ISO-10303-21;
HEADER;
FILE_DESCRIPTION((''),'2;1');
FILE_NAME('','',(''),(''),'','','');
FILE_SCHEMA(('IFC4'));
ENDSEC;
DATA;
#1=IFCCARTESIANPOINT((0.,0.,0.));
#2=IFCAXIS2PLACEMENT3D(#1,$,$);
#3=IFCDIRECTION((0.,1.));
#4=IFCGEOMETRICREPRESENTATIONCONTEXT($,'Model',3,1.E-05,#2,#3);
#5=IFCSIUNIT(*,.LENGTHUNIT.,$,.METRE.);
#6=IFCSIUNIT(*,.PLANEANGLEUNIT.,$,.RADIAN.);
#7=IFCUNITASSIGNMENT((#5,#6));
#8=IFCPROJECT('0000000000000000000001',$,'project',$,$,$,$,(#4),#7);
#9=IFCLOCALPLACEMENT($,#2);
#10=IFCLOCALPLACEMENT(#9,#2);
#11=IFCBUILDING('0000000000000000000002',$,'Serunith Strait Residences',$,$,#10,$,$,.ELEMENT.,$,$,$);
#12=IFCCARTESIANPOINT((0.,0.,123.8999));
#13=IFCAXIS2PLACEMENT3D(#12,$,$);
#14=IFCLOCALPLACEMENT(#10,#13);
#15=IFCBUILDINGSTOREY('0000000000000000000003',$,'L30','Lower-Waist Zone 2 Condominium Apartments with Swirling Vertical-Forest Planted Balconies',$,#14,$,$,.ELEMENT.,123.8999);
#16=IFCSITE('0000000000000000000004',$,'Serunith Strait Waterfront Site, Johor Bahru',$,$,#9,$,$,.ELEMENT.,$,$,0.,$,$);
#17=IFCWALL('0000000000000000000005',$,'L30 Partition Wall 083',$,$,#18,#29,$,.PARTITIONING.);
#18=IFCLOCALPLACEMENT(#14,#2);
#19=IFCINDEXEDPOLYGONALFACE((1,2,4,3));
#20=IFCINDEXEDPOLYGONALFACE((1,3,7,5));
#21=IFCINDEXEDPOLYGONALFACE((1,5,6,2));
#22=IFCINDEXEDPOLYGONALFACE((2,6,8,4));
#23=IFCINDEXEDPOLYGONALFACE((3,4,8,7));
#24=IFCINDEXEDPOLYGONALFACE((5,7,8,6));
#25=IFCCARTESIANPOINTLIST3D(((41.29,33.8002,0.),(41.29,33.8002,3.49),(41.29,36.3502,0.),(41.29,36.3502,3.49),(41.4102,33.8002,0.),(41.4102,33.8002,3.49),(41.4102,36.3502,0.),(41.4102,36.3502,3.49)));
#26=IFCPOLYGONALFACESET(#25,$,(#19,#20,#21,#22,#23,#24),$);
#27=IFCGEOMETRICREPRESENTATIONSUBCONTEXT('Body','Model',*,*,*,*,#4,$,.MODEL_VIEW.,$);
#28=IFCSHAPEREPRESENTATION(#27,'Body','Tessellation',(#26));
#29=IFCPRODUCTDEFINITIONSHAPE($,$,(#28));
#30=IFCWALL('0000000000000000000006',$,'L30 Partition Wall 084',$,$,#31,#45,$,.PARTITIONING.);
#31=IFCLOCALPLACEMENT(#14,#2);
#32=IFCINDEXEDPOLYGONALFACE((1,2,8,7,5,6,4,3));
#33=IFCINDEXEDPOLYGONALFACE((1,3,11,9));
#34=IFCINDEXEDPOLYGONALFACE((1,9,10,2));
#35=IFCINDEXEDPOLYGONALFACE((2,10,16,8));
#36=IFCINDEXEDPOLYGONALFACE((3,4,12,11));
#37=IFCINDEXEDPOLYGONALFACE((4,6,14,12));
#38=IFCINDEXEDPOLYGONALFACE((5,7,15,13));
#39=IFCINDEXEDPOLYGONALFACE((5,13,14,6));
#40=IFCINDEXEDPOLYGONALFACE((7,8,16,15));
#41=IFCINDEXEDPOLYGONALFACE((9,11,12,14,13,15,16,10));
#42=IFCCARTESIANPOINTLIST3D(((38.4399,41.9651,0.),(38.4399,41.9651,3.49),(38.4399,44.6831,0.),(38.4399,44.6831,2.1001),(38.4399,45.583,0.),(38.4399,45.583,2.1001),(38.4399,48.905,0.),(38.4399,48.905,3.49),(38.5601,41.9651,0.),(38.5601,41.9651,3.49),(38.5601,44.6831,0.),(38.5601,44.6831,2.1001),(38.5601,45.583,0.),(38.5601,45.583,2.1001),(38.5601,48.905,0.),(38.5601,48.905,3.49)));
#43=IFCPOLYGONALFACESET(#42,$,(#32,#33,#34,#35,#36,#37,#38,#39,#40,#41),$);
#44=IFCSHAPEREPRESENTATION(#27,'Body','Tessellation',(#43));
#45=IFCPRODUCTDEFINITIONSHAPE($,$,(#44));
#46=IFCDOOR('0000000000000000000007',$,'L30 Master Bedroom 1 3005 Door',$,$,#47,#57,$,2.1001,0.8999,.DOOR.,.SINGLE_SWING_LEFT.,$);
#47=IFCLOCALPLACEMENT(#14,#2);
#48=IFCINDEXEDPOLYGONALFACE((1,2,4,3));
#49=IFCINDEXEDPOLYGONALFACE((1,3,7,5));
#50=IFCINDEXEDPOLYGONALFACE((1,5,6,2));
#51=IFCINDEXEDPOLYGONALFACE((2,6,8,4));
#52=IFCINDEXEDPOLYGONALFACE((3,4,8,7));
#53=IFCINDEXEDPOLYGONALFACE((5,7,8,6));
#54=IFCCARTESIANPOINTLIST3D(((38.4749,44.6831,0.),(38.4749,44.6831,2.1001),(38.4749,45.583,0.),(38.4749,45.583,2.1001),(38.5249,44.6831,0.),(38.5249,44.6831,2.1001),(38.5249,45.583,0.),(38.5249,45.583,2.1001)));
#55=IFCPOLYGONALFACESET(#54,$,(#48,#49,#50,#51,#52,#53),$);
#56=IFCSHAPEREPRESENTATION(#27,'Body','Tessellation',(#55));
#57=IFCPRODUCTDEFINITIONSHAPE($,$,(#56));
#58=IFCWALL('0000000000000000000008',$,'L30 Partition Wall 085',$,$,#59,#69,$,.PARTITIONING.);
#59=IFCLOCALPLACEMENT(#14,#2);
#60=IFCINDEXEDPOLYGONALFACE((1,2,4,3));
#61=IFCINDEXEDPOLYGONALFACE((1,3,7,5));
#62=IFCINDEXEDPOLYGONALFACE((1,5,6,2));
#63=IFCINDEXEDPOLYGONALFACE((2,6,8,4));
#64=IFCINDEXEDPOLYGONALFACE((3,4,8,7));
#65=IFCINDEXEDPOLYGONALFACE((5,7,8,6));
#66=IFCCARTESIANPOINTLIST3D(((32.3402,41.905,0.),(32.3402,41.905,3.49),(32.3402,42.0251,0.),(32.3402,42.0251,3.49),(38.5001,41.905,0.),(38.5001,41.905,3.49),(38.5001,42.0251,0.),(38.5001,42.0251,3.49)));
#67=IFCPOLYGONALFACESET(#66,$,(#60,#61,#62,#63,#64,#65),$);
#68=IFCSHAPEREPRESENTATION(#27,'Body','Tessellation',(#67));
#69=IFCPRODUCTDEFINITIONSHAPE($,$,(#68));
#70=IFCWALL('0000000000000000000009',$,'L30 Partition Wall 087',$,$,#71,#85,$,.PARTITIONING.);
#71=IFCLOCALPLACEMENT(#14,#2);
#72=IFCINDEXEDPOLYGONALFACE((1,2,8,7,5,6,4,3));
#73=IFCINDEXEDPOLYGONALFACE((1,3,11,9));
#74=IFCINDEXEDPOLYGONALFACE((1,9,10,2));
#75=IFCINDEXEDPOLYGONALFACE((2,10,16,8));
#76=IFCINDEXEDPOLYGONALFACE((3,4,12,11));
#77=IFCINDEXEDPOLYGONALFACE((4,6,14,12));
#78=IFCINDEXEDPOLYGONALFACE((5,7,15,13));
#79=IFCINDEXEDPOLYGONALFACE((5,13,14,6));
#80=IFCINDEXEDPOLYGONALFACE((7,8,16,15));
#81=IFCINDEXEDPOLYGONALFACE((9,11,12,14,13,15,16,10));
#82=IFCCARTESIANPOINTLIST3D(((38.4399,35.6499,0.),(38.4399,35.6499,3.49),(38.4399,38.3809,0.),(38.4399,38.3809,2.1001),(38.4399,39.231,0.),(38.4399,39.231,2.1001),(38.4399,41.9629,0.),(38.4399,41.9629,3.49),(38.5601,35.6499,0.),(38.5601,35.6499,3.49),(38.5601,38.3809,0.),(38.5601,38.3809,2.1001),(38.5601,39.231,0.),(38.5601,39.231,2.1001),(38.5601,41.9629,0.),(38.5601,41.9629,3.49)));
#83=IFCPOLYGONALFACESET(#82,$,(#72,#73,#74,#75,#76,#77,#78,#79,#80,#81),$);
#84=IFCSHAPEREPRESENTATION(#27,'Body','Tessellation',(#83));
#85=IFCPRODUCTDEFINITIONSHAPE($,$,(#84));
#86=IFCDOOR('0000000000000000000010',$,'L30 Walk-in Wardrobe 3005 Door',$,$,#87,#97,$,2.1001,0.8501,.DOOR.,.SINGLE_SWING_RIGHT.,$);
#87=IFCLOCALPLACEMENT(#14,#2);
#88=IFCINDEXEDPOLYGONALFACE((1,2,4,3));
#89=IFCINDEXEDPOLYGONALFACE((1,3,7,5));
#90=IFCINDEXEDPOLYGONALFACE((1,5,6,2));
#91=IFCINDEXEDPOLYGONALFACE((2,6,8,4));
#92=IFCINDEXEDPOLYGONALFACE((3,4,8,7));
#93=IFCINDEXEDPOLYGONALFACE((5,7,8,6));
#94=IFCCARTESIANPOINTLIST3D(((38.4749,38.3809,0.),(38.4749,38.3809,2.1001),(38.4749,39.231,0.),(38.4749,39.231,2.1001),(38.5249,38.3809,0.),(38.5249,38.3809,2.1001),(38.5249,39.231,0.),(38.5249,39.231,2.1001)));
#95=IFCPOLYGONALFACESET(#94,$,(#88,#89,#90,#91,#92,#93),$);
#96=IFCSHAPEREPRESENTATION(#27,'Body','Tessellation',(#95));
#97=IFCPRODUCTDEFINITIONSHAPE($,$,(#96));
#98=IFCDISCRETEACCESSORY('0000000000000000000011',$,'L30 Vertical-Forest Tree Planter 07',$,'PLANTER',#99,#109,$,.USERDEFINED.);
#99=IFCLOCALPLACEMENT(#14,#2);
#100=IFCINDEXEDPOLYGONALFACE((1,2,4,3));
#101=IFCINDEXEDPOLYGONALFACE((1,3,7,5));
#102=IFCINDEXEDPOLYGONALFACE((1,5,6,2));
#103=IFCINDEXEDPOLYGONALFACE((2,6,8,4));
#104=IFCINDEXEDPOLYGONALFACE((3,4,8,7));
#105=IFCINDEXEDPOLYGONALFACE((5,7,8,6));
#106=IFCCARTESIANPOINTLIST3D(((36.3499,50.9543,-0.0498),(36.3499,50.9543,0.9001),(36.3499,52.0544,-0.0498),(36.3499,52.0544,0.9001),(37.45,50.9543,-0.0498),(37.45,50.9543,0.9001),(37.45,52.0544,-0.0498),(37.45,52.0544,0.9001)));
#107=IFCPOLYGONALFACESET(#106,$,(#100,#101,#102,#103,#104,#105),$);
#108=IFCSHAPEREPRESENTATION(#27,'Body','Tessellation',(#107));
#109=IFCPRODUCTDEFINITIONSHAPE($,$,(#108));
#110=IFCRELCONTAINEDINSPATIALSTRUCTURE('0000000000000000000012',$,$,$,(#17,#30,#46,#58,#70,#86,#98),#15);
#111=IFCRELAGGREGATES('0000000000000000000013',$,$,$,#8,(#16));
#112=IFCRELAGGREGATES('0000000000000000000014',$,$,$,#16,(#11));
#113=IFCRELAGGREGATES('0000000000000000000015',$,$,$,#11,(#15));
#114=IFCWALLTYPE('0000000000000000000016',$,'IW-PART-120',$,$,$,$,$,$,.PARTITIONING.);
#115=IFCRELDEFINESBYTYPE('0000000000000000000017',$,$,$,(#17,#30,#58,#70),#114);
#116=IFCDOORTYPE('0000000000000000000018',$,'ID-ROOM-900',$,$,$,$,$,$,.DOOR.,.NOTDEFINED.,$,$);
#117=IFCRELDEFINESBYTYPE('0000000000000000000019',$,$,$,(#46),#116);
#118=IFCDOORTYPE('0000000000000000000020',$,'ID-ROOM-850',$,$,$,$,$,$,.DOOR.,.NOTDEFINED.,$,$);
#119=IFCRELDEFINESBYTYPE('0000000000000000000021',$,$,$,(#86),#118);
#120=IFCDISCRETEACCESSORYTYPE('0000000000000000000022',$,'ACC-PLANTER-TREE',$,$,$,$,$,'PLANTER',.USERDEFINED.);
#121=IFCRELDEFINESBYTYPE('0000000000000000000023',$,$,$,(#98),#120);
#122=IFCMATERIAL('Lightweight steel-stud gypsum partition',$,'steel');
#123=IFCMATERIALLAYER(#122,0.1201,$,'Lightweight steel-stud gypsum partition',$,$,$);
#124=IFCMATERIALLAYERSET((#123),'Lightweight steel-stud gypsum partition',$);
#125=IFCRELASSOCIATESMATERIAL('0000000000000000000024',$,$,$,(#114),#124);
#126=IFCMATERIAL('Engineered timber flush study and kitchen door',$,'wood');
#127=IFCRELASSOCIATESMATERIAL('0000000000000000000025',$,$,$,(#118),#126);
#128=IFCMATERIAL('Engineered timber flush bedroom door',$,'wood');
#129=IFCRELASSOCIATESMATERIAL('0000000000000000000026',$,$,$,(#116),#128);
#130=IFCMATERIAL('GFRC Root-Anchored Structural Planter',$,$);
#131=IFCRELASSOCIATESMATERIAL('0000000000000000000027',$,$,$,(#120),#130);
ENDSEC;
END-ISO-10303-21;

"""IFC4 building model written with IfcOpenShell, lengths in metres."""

from ifc_helpers import new_model, si_unit, direction, frame, frame_2d, origin, origin_2d, place, context, subcontext, project, spatial, rectangle, extrude, source, transform, mapped, material, layer, layer_set, type_object, element, fill, save


model = new_model("IFC4")

# Units and contexts
model_context = context("Model", 3, precision=1e-05, world=origin(), true_north=direction((0.0, 1.0)))
body_context = subcontext(model_context, "Body", "Model", "MODEL_VIEW")
ifc_project = project(units=[si_unit("LENGTHUNIT", "METRE"), si_unit("PLANEANGLEUNIT", "RADIAN")], contexts=[model_context])

# Site, building, storey
site_placement = place(None, origin())
site = spatial("IfcSite", under=ifc_project, at=site_placement, Name="Serunith Strait Waterfront Site, Johor Bahru", CompositionType="ELEMENT", RefElevation=0.0)
building_placement = place(site_placement, origin())
building = spatial("IfcBuilding", under=site, at=building_placement, Name="Serunith Strait Residences", CompositionType="ELEMENT")
storey_placement = place(building_placement, frame((0.0, 0.0, 123.8999)))
storey = spatial("IfcBuildingStorey", under=building, at=storey_placement, Name="L30", Description="Lower-Waist Zone 2 Condominium Apartments with Swirling Vertical-Forest Planted Balconies", CompositionType="ELEMENT", Elevation=123.8999)

# Shared definitions
ifc_material_1 = material(Name="Lightweight steel-stud gypsum partition", Category="steel")
ifc_layer_1 = layer(ifc_material_1, 0.1201, Name="Lightweight steel-stud gypsum partition")
ifc_layer_set_1 = layer_set([ifc_layer_1], Name="Lightweight steel-stud gypsum partition")
wall_type_1 = type_object("IfcWallType", Name="IW-PART-120", PredefinedType="PARTITIONING", material=ifc_layer_set_1)
ifc_material_2 = material(Name="Engineered timber flush study and kitchen door", Category="wood")
door_type_1 = type_object("IfcDoorType", Name="ID-ROOM-850", OperationType="NOTDEFINED", PredefinedType="DOOR", material=ifc_material_2)
shared_shape_1 = source(origin(), body_context, "Body", "SweptSolid", [
    extrude(rectangle(XDim=0.8501, YDim=2.1001, at=frame_2d((0.425, 1.05))), frame((0.0, 0.0249, 0.0), z_axis=(0.0, -1.0, 0.0), x_axis=(1.0, 0.0, 0.0)), (0.0, 0.0, 1.0), 0.05),
])

# Wall
wall_1_placement = place(storey_placement, frame((41.3501, 36.3501, 0.0), z_axis=(0.0, 0.0, 1.0), x_axis=(0.0, -1.0, 0.0)))
element("IfcWall", 1, at=wall_1_placement, inside=storey, type_object=wall_type_1, Name="L30 Partition Wall 083", PredefinedType="PARTITIONING", context=body_context, shape_type="SweptSolid", body=[
    extrude(rectangle(XDim=2.55, YDim=0.1201, at=frame_2d((1.2749, 0.0))), origin(), (0.0, 0.0, 1.0), 3.49),
])

# Wall, opening, door
wall_2_placement = place(storey_placement, frame((38.5, 48.905, 0.0), z_axis=(0.0, 0.0, 1.0), x_axis=(0.0, -1.0, 0.0)))
wall_2 = element("IfcWall", 2, at=wall_2_placement, inside=storey, type_object=wall_type_1, Name="L30 Partition Wall 084", PredefinedType="PARTITIONING", context=body_context, shape_type="SweptSolid", body=[
    extrude(rectangle(XDim=6.9399, YDim=0.1201, at=frame_2d((3.47, 0.0))), origin(), (0.0, 0.0, 1.0), 3.49),
])
opening_1_placement = place(wall_2_placement, frame((3.322, 0.0, 0.0)))
opening_1 = element("IfcOpeningElement", 3, at=opening_1_placement, cuts=wall_2, PredefinedType="OPENING", context=body_context, shape_type="SweptSolid", body=[
    extrude(rectangle(XDim=0.8999, YDim=2.1001, at=frame_2d((0.45, 1.05))), frame((0.0, 0.0701, 0.0), z_axis=(0.0, -1.0, 0.0), x_axis=(1.0, 0.0, 0.0)), (0.0, 0.0, 1.0), 0.1401),
])
ifc_material_3 = material(Name="Engineered timber flush bedroom door", Category="wood")
door_type_2 = type_object("IfcDoorType", Name="ID-ROOM-900", OperationType="NOTDEFINED", PredefinedType="DOOR", material=ifc_material_3)
shared_shape_2 = source(origin(), body_context, "Body", "SweptSolid", [
    extrude(rectangle(XDim=0.8999, YDim=2.1001, at=frame_2d((0.45, 1.05))), frame((0.0, 0.0249, 0.0), z_axis=(0.0, -1.0, 0.0), x_axis=(1.0, 0.0, 0.0)), (0.0, 0.0, 1.0), 0.05),
])
door_1_placement = place(opening_1_placement, origin())
door_1 = element("IfcDoor", 4, at=door_1_placement, inside=storey, type_object=door_type_2, Name="L30 Master Bedroom 1 3005 Door", OperationType="SINGLE_SWING_LEFT", OverallHeight=2.1001, OverallWidth=0.8999, PredefinedType="DOOR", context=body_context, shape_type="MappedRepresentation", body=[
    mapped(shared_shape_2, transform((0.0, 0.0, 0.0), scale=1.0)),
])
fill(opening_1, door_1)

# Wall
wall_3_placement = place(storey_placement, frame((32.3401, 41.9651, 0.0), z_axis=(0.0, 0.0, 1.0), x_axis=(1.0, 0.0, 0.0)))
element("IfcWall", 5, at=wall_3_placement, inside=storey, type_object=wall_type_1, Name="L30 Partition Wall 085", PredefinedType="PARTITIONING", context=body_context, shape_type="SweptSolid", body=[
    extrude(rectangle(XDim=6.1599, YDim=0.1201, at=frame_2d((3.0801, 0.0))), origin(), (0.0, 0.0, 1.0), 3.49),
])

# Wall, opening, door
wall_4_placement = place(storey_placement, frame((38.5, 41.9629, 0.0), z_axis=(0.0, 0.0, 1.0), x_axis=(0.0, -1.0, 0.0)))
wall_4 = element("IfcWall", 6, at=wall_4_placement, inside=storey, type_object=wall_type_1, Name="L30 Partition Wall 087", PredefinedType="PARTITIONING", context=body_context, shape_type="SweptSolid", body=[
    extrude(rectangle(XDim=6.313, YDim=0.1201, at=frame_2d((3.1565, 0.0))), origin(), (0.0, 0.0, 1.0), 3.49),
])
opening_2_placement = place(wall_4_placement, frame((2.7319, 0.0, 0.0)))
opening_2 = element("IfcOpeningElement", 7, at=opening_2_placement, cuts=wall_4, PredefinedType="OPENING", context=body_context, shape_type="SweptSolid", body=[
    extrude(rectangle(XDim=0.8501, YDim=2.1001, at=frame_2d((0.425, 1.05))), frame((0.0, 0.0701, 0.0), z_axis=(0.0, -1.0, 0.0), x_axis=(1.0, 0.0, 0.0)), (0.0, 0.0, 1.0), 0.1401),
])
door_2_placement = place(opening_2_placement, origin())
door_2 = element("IfcDoor", 8, at=door_2_placement, inside=storey, type_object=door_type_1, Name="L30 Walk-in Wardrobe 3005 Door", OperationType="SINGLE_SWING_RIGHT", OverallHeight=2.1001, OverallWidth=0.8501, PredefinedType="DOOR", context=body_context, shape_type="MappedRepresentation", body=[
    mapped(shared_shape_1, transform((0.0, 0.0, 0.0), scale=1.0)),
])
fill(opening_2, door_2)

# Discrete accessory
ifc_material_4 = material(Name="GFRC Root-Anchored Structural Planter")
discrete_accessory_type = type_object("IfcDiscreteAccessoryType", Name="ACC-PLANTER-TREE", ElementType="PLANTER", PredefinedType="USERDEFINED", material=ifc_material_4)
shared_shape_3 = source(origin(), body_context, "Body", "SweptSolid", [
    extrude(rectangle(XDim=1.1001, YDim=1.1001, at=origin_2d()), origin(), (0.0, 0.0, 1.0), 0.95),
])
discrete_accessory_placement = place(storey_placement, frame((36.8999, 51.5044, -0.0498), z_axis=(0.0, 0.0, 1.0), x_axis=(-1.0, 0.0, 0.0)))
element("IfcDiscreteAccessory", 9, at=discrete_accessory_placement, inside=storey, type_object=discrete_accessory_type, Name="L30 Vertical-Forest Tree Planter 07", ObjectType="PLANTER", PredefinedType="USERDEFINED", context=body_context, shape_type="MappedRepresentation", body=[
    mapped(shared_shape_3, transform((0.0, 0.0, 0.0), scale=1.0)),
])

save(model, "model.ifc")
